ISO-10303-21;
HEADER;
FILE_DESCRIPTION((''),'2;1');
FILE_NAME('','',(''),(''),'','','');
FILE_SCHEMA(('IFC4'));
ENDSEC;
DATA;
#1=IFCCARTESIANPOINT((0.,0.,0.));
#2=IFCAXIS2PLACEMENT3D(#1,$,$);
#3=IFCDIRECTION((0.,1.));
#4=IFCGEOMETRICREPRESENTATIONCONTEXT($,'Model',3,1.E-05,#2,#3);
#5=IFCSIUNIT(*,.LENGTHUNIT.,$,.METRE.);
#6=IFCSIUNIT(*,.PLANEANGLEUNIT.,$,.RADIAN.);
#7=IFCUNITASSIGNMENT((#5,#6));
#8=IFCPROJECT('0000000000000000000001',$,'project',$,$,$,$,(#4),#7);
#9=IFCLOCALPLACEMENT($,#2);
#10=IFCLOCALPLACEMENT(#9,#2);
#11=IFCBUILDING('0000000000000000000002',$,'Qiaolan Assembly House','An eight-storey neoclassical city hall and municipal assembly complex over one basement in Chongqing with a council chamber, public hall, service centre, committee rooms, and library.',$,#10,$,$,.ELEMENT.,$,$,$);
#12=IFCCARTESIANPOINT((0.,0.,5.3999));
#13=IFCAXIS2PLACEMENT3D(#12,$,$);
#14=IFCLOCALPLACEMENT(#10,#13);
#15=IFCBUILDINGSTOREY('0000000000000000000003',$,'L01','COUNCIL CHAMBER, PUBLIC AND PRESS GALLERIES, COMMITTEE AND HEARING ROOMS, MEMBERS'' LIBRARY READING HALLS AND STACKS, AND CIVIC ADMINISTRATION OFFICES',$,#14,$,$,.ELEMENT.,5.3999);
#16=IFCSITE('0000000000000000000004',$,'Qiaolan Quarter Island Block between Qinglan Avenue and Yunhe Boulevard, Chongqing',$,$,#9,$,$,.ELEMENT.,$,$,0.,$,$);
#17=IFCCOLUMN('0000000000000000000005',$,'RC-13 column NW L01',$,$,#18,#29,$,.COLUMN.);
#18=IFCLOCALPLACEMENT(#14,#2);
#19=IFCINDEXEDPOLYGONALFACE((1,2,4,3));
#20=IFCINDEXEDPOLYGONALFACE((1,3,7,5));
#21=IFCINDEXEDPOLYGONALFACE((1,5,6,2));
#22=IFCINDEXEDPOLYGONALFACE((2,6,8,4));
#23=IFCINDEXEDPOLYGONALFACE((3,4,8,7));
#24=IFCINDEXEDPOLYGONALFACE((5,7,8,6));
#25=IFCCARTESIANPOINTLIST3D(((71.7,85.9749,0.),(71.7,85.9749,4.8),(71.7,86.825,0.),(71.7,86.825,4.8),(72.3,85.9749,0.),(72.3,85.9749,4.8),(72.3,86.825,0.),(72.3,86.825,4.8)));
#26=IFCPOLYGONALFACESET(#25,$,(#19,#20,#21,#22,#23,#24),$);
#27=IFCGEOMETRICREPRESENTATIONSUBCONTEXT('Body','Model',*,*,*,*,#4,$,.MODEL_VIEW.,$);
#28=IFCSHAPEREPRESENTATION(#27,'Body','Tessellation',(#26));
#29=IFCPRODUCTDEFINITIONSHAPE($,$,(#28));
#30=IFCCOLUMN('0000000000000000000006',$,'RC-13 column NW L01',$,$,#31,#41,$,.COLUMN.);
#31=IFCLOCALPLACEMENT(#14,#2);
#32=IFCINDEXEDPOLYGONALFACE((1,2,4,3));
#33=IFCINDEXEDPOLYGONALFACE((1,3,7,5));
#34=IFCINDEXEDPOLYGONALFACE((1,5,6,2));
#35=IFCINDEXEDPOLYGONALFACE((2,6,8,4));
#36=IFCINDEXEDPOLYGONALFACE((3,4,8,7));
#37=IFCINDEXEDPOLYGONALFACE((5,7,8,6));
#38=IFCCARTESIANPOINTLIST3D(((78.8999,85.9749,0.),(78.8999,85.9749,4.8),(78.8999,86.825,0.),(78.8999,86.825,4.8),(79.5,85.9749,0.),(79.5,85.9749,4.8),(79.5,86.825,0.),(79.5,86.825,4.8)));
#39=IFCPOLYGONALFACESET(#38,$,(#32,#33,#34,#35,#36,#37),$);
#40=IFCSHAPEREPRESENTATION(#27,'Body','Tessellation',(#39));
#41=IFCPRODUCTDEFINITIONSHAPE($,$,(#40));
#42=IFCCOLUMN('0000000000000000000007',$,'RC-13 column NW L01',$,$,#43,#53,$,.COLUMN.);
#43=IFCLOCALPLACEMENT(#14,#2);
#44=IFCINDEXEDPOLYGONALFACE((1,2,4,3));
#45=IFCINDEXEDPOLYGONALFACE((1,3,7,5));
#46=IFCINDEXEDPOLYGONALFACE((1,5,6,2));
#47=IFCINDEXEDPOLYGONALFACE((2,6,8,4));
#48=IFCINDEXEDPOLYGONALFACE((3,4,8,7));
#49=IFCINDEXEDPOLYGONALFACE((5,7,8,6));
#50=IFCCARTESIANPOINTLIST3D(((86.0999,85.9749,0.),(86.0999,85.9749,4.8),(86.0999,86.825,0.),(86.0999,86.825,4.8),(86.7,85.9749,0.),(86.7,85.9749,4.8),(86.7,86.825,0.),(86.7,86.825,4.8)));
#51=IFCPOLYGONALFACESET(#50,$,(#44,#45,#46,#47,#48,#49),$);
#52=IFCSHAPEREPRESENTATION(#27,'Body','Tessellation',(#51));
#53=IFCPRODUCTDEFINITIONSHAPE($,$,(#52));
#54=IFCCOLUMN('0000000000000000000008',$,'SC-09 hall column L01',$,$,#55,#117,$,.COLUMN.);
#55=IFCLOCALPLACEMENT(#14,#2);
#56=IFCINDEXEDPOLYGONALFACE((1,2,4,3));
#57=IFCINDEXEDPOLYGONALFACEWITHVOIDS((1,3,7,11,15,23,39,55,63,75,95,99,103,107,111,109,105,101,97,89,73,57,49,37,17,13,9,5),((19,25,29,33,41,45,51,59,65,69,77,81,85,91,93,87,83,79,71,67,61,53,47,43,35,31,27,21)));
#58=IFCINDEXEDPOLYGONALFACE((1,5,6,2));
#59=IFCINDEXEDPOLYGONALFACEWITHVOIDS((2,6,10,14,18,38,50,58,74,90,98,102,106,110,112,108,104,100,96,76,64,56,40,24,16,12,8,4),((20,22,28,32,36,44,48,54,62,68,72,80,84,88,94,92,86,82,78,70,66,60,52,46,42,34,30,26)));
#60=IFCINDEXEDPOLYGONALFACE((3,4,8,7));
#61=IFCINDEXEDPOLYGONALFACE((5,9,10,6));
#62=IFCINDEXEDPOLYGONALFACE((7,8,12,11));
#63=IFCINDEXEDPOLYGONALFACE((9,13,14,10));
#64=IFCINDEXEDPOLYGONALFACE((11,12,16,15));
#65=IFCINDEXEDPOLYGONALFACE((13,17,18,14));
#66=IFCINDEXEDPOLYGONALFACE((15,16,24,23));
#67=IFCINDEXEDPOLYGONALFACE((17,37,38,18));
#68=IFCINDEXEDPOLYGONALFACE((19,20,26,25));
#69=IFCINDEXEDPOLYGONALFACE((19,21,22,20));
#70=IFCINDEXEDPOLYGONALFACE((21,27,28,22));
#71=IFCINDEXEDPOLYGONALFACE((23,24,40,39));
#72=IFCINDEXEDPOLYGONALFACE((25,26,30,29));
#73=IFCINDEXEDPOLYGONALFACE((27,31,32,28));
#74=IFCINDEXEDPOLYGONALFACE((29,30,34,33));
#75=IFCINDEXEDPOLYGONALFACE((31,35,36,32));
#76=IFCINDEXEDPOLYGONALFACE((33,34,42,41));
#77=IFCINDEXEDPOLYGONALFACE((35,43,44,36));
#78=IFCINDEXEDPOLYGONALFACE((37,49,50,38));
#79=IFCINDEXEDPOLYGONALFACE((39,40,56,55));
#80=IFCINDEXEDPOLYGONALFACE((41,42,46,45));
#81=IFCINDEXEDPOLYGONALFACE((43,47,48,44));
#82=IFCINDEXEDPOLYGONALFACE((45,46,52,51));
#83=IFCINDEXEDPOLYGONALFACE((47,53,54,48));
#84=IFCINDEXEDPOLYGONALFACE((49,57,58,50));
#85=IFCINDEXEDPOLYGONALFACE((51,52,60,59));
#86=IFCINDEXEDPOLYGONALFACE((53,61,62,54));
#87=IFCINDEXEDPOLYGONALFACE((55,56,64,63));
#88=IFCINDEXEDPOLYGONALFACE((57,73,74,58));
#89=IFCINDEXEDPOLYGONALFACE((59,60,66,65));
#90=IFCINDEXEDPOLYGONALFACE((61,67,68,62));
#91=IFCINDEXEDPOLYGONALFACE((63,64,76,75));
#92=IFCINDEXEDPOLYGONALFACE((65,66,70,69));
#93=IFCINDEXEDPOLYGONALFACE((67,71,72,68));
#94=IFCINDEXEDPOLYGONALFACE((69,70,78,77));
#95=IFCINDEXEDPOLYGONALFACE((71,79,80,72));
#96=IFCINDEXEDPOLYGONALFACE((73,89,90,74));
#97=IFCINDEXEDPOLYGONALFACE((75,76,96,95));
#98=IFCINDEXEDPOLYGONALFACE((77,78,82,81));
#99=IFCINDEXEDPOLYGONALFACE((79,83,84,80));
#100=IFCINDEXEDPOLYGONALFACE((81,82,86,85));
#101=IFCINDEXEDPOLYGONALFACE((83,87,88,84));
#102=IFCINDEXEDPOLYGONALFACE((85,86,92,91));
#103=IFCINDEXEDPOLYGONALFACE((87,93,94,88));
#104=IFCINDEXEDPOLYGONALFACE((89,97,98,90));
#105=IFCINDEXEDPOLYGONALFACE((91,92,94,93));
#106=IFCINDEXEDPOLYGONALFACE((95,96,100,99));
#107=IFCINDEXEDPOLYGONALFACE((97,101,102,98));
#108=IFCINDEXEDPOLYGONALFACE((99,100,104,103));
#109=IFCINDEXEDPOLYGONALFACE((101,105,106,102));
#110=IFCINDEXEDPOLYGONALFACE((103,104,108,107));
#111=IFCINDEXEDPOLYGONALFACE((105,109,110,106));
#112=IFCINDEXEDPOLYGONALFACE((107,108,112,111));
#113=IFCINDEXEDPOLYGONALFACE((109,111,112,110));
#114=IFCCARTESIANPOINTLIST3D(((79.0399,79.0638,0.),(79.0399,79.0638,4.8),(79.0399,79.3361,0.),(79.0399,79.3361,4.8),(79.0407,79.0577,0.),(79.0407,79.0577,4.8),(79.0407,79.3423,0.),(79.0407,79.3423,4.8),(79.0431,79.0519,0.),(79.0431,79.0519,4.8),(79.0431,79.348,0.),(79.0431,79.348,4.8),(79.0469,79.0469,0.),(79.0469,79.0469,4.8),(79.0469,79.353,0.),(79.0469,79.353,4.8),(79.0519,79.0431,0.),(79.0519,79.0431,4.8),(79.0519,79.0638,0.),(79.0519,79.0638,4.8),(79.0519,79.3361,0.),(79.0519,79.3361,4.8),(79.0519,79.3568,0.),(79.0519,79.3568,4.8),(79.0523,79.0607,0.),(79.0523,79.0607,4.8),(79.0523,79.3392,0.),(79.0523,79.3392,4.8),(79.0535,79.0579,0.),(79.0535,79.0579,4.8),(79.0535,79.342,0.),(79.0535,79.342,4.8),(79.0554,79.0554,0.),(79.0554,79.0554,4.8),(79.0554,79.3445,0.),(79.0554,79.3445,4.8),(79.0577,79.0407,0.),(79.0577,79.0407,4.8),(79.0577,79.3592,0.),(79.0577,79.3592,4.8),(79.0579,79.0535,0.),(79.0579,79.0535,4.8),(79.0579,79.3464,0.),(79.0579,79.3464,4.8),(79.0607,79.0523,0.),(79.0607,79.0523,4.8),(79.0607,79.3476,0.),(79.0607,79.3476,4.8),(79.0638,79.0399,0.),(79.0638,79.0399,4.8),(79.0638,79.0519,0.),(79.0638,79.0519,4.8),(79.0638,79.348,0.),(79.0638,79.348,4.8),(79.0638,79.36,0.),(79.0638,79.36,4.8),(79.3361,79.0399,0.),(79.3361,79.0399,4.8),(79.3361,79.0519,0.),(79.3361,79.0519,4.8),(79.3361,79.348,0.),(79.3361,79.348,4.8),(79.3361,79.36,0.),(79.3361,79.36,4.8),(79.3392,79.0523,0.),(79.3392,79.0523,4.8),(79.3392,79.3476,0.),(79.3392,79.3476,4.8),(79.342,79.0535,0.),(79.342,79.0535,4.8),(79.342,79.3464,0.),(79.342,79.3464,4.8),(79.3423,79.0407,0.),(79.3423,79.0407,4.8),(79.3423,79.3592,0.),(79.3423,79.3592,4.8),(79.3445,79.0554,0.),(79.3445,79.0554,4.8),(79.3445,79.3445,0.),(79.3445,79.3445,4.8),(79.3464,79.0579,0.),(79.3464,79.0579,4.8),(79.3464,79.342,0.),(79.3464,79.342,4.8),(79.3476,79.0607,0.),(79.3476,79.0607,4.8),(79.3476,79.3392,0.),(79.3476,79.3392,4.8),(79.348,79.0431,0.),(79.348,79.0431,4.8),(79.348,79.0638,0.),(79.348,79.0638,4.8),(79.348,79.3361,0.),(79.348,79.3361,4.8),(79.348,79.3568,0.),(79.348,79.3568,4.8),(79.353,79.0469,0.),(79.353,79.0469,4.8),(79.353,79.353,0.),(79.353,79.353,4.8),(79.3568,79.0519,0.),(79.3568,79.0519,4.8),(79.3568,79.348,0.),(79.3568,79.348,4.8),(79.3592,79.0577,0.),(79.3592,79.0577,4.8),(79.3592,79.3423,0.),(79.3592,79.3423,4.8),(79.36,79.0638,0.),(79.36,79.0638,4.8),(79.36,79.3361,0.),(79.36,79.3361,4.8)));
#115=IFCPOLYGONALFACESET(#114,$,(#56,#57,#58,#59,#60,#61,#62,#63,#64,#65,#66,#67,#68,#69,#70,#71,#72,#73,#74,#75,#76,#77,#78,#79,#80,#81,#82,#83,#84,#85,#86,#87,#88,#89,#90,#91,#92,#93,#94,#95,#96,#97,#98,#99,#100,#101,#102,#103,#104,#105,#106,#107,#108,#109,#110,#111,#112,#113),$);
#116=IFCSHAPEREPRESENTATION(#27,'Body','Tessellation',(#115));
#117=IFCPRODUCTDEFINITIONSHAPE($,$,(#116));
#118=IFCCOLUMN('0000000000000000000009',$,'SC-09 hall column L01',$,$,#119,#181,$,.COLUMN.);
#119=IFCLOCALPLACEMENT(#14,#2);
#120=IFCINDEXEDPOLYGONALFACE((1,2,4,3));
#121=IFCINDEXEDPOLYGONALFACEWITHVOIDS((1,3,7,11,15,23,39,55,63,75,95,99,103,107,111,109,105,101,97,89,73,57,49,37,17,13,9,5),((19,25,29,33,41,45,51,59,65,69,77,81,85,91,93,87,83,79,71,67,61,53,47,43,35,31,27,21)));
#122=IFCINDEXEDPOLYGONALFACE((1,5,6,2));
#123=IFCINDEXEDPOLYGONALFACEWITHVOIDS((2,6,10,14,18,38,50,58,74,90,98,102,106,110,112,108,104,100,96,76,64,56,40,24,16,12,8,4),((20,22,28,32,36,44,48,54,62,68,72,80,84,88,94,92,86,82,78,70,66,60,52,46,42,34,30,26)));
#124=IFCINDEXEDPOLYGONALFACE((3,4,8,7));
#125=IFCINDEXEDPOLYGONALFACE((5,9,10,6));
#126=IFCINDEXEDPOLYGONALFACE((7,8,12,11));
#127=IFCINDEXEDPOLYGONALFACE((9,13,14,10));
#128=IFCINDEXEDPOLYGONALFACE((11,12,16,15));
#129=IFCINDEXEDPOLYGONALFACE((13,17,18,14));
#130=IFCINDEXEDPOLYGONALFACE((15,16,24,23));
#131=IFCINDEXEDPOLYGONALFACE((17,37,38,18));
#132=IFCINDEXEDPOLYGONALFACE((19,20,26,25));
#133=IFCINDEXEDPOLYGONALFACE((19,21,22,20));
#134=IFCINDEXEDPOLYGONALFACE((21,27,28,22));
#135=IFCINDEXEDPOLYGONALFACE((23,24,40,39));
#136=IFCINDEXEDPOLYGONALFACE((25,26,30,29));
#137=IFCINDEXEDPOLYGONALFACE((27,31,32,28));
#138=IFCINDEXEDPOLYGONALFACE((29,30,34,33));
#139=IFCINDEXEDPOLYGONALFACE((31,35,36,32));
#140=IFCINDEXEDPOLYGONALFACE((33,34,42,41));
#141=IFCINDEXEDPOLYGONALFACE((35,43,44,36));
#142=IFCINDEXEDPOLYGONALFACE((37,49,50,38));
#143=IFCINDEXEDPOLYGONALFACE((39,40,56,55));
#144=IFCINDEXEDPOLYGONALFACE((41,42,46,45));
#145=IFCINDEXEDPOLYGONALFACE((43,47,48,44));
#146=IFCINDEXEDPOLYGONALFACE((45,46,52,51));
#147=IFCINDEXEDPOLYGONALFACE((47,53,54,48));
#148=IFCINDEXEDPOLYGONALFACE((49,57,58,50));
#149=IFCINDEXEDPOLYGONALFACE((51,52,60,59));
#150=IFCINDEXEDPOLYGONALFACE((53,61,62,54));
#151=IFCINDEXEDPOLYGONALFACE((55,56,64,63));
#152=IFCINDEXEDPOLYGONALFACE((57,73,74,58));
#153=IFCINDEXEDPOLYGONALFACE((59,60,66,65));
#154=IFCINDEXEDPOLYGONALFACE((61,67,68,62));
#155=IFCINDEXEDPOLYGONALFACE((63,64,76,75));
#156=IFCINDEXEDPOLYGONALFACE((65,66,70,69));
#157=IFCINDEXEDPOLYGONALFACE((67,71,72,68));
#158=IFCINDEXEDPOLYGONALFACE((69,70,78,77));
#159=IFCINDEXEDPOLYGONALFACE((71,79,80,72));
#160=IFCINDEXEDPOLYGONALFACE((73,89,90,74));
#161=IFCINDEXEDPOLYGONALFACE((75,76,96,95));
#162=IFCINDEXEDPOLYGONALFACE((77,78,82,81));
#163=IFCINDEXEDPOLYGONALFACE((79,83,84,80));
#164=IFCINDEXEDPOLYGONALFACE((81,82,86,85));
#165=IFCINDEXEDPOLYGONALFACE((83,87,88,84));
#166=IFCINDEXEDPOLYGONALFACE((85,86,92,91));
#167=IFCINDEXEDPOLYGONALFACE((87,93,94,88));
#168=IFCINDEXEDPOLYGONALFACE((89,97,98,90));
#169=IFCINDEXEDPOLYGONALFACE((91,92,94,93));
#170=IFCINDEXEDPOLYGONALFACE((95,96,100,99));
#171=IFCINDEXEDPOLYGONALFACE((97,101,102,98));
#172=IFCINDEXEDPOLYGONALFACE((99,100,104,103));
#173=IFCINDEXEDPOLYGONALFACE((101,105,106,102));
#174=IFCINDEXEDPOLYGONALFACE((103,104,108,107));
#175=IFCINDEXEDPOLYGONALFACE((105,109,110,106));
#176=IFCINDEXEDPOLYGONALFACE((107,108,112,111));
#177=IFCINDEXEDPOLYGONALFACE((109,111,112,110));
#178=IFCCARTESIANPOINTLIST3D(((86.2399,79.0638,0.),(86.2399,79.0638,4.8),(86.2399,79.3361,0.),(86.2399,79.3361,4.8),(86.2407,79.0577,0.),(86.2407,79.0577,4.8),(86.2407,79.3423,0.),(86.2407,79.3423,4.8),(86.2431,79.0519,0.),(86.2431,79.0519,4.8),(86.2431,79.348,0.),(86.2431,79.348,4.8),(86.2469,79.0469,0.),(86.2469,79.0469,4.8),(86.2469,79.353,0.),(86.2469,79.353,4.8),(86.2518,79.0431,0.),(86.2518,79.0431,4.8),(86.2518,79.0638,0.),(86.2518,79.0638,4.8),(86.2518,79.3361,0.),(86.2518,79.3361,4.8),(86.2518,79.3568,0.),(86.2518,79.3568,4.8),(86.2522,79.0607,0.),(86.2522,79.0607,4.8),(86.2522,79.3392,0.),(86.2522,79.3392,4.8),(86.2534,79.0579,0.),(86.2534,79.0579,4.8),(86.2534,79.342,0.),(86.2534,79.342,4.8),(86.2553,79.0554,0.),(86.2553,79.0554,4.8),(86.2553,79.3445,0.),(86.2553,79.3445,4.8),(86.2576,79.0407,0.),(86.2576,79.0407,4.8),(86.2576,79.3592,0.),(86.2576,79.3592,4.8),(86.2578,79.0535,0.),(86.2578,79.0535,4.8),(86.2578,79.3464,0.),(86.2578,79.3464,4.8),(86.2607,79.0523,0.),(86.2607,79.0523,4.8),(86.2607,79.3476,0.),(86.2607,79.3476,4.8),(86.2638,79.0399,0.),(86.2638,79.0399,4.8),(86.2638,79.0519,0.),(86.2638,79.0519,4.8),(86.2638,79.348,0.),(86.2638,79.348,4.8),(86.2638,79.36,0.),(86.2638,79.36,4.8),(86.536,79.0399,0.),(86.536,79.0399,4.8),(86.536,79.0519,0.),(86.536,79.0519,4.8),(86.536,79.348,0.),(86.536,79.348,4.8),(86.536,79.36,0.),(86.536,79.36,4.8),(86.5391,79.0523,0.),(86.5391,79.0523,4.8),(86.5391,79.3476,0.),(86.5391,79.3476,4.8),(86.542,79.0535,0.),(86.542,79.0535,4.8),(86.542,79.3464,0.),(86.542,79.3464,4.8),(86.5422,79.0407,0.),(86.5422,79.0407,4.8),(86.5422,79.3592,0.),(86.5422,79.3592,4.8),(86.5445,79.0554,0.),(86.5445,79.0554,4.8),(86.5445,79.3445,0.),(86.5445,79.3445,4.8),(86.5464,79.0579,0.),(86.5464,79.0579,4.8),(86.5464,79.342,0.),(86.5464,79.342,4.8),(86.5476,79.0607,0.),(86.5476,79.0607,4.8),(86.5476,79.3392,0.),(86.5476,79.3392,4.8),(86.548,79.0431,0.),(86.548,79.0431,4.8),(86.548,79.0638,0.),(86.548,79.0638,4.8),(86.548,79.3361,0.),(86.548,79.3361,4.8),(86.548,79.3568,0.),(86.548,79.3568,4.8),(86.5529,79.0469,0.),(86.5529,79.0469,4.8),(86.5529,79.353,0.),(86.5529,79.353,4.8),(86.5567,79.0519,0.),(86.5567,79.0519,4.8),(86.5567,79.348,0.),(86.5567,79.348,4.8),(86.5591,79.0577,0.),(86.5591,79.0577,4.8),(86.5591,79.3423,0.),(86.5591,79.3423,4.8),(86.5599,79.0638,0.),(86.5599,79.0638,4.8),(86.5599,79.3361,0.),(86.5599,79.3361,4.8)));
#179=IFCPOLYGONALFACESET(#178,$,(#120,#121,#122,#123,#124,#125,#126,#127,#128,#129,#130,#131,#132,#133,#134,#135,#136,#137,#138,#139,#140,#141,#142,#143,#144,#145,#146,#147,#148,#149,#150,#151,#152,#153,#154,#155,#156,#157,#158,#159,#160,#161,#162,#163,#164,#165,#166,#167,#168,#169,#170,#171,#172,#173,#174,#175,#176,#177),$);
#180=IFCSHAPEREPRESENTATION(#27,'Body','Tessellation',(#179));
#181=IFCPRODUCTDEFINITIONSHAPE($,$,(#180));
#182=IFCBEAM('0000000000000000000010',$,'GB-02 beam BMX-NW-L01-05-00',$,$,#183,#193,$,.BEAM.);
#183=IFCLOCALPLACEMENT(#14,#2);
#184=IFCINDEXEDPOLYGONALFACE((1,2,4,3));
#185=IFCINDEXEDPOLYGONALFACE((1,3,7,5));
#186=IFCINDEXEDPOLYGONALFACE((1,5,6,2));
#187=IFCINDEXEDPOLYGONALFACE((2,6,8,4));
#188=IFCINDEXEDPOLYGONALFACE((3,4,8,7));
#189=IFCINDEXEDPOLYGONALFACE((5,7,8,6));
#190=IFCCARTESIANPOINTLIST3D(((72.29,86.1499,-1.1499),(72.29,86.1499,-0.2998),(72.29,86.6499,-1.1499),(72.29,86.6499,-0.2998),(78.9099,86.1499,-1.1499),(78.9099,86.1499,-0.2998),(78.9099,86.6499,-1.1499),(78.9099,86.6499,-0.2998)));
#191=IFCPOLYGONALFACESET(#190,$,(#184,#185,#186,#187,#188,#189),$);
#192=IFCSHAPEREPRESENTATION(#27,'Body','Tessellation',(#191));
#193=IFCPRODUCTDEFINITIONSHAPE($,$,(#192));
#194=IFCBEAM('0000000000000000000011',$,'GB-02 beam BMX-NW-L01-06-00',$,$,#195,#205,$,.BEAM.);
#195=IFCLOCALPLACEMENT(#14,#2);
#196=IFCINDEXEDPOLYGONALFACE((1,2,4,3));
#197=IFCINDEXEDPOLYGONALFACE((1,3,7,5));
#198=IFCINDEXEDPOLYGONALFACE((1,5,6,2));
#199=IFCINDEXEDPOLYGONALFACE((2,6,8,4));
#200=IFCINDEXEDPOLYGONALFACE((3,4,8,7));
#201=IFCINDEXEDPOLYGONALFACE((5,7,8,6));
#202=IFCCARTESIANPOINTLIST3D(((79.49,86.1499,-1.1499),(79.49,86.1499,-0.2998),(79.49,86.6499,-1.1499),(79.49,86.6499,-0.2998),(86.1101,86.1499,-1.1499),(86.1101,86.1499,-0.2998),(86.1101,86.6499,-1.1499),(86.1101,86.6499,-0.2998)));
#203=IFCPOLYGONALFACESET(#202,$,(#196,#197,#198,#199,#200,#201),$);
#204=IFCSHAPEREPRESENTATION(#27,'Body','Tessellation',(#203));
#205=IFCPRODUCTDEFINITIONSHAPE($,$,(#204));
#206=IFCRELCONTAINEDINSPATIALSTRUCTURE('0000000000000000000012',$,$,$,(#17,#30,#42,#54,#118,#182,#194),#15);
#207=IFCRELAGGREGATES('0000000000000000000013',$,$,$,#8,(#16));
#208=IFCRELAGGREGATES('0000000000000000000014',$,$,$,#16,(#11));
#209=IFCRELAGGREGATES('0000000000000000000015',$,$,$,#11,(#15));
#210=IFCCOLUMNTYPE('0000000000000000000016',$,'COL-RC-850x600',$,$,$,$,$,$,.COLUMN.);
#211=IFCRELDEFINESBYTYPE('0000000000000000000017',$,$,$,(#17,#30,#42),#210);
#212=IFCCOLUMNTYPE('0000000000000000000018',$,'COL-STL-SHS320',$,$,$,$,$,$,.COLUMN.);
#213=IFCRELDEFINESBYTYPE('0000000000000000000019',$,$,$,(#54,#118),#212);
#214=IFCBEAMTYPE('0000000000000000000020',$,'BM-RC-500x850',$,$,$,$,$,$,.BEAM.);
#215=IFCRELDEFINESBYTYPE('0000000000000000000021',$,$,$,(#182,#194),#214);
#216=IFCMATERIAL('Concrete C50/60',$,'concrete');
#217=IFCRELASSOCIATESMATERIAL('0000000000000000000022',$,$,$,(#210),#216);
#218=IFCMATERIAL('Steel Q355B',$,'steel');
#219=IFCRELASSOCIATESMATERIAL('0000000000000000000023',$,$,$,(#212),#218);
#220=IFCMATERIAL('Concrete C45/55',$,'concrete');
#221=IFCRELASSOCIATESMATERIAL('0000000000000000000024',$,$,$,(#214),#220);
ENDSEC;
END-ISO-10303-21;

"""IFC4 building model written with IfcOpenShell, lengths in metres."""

from ifc_helpers import new_model, si_unit, direction, frame, origin, origin_2d, place, context, subcontext, project, spatial, rectangle, hollow_rectangle, extrude, material, material_profile, profile_set, type_object, element, save


model = new_model("IFC4")

# Units and contexts
model_context = context("Model", 3, precision=1e-05, world=origin(), true_north=direction((0.0, 1.0)))
body_context = subcontext(model_context, "Body", "Model", "MODEL_VIEW")
ifc_project = project(units=[si_unit("LENGTHUNIT", "METRE"), si_unit("PLANEANGLEUNIT", "RADIAN")], contexts=[model_context])

# Site, building, storey
site_placement = place(None, origin())
site = spatial("IfcSite", under=ifc_project, at=site_placement, Name="Qiaolan Quarter Island Block between Qinglan Avenue and Yunhe Boulevard, Chongqing", CompositionType="ELEMENT", RefElevation=0.0)
building_placement = place(site_placement, origin())
building = spatial("IfcBuilding", under=site, at=building_placement, Name="Qiaolan Assembly House", Description="An eight-storey neoclassical city hall and municipal assembly complex over one basement in Chongqing with a council chamber, public hall, service centre, committee rooms, and library.", CompositionType="ELEMENT")
storey_placement = place(building_placement, frame((0.0, 0.0, 5.3999)))
storey = spatial("IfcBuildingStorey", under=building, at=storey_placement, Name="L01", Description="COUNCIL CHAMBER, PUBLIC AND PRESS GALLERIES, COMMITTEE AND HEARING ROOMS, MEMBERS' LIBRARY READING HALLS AND STACKS, AND CIVIC ADMINISTRATION OFFICES", CompositionType="ELEMENT", Elevation=5.3999)

# Columns
ifc_material_1 = material(Name="Concrete C50/60", Category="concrete")
ifc_material_profile_1 = material_profile(ifc_material_1, rectangle(XDim=0.6001, YDim=0.8501, at=origin_2d()), Name="RC 850x600")
ifc_profile_set_1 = profile_set([ifc_material_profile_1], Name="Concrete C50/60")
column_type_1 = type_object("IfcColumnType", Name="COL-RC-850x600", PredefinedType="COLUMN", material=ifc_profile_set_1)
for number, where, z_axis, x_axis, name in (
    (1, (72.0, 86.3999, 0.0), (0.0, 0.0, 1.0), (1.0, 0.0, 0.0), "RC-13 column NW L01"),
    (2, (79.2, 86.3999, 0.0), (0.0, 0.0, 1.0), (1.0, 0.0, 0.0), "RC-13 column NW L01"),
    (3, (86.3999, 86.3999, 0.0), (0.0, 0.0, 1.0), (1.0, 0.0, 0.0), "RC-13 column NW L01"),
):
    element("IfcColumn", number, at=place(storey_placement, frame(where, z_axis=z_axis, x_axis=x_axis)), inside=storey, type_object=column_type_1, Name=name, PredefinedType="COLUMN", context=body_context, shape_type="SweptSolid", body=[
        extrude(rectangle(XDim=0.6001, YDim=0.8501, at=origin_2d()), origin(), (0.0, 0.0, 1.0), 4.8),
    ])
ifc_material_2 = material(Name="Steel Q355B", Category="steel")
ifc_material_profile_2 = material_profile(ifc_material_2, hollow_rectangle(XDim=0.3201, YDim=0.3201, WallThickness=0.012, InnerFilletRadius=0.012, OuterFilletRadius=0.0239, at=origin_2d()), Name="SHS 320x320x12")
ifc_profile_set_2 = profile_set([ifc_material_profile_2], Name="Steel Q355B")
column_type_2 = type_object("IfcColumnType", Name="COL-STL-SHS320", PredefinedType="COLUMN", material=ifc_profile_set_2)
for number, where, z_axis, x_axis, name in (
    (4, (79.2, 79.2, 0.0), (0.0, 0.0, 1.0), (1.0, 0.0, 0.0), "SC-09 hall column L01"),
    (5, (86.3999, 79.2, 0.0), (0.0, 0.0, 1.0), (1.0, 0.0, 0.0), "SC-09 hall column L01"),
):
    element("IfcColumn", number, at=place(storey_placement, frame(where, z_axis=z_axis, x_axis=x_axis)), inside=storey, type_object=column_type_2, Name=name, PredefinedType="COLUMN", context=body_context, shape_type="SweptSolid", body=[
        extrude(hollow_rectangle(XDim=0.3201, YDim=0.3201, WallThickness=0.012, InnerFilletRadius=0.012, OuterFilletRadius=0.0239, at=origin_2d()), origin(), (0.0, 0.0, 1.0), 4.8),
    ])

# Beams
ifc_material_3 = material(Name="Concrete C45/55", Category="concrete")
ifc_material_profile_3 = material_profile(ifc_material_3, rectangle(XDim=0.5, YDim=0.8501, at=origin_2d()), Name="RCB 500x850")
ifc_profile_set_3 = profile_set([ifc_material_profile_3], Name="Concrete C45/55")
beam_type_1 = type_object("IfcBeamType", Name="BM-RC-500x850", PredefinedType="BEAM", material=ifc_profile_set_3)
beam_placement = place(storey_placement, frame((72.29, 86.3999, -0.7249), z_axis=(1.0, 0.0, 0.0), x_axis=(0.0, 1.0, 0.0)))
element("IfcBeam", 6, at=beam_placement, inside=storey, type_object=beam_type_1, Name="GB-02 beam BMX-NW-L01-05-00", PredefinedType="BEAM", context=body_context, shape_type="SweptSolid", body=[
    extrude(rectangle(XDim=0.5, YDim=0.8501, at=origin_2d()), origin(), (0.0, 0.0, 1.0), 6.6199),
])
for number, where, z_axis, x_axis, name in (
    (7, (79.49, 86.3999, -0.7249), (1.0, 0.0, 0.0), (0.0, 1.0, 0.0), "GB-02 beam BMX-NW-L01-06-00"),
):
    element("IfcBeam", number, at=place(storey_placement, frame(where, z_axis=z_axis, x_axis=x_axis)), inside=storey, type_object=beam_type_1, Name=name, PredefinedType="BEAM", context=body_context, shape_type="SweptSolid", body=[
        extrude(rectangle(XDim=0.5, YDim=0.8501, at=origin_2d()), origin(), (0.0, 0.0, 1.0), 6.6201),
    ])

save(model, "model.ifc")
